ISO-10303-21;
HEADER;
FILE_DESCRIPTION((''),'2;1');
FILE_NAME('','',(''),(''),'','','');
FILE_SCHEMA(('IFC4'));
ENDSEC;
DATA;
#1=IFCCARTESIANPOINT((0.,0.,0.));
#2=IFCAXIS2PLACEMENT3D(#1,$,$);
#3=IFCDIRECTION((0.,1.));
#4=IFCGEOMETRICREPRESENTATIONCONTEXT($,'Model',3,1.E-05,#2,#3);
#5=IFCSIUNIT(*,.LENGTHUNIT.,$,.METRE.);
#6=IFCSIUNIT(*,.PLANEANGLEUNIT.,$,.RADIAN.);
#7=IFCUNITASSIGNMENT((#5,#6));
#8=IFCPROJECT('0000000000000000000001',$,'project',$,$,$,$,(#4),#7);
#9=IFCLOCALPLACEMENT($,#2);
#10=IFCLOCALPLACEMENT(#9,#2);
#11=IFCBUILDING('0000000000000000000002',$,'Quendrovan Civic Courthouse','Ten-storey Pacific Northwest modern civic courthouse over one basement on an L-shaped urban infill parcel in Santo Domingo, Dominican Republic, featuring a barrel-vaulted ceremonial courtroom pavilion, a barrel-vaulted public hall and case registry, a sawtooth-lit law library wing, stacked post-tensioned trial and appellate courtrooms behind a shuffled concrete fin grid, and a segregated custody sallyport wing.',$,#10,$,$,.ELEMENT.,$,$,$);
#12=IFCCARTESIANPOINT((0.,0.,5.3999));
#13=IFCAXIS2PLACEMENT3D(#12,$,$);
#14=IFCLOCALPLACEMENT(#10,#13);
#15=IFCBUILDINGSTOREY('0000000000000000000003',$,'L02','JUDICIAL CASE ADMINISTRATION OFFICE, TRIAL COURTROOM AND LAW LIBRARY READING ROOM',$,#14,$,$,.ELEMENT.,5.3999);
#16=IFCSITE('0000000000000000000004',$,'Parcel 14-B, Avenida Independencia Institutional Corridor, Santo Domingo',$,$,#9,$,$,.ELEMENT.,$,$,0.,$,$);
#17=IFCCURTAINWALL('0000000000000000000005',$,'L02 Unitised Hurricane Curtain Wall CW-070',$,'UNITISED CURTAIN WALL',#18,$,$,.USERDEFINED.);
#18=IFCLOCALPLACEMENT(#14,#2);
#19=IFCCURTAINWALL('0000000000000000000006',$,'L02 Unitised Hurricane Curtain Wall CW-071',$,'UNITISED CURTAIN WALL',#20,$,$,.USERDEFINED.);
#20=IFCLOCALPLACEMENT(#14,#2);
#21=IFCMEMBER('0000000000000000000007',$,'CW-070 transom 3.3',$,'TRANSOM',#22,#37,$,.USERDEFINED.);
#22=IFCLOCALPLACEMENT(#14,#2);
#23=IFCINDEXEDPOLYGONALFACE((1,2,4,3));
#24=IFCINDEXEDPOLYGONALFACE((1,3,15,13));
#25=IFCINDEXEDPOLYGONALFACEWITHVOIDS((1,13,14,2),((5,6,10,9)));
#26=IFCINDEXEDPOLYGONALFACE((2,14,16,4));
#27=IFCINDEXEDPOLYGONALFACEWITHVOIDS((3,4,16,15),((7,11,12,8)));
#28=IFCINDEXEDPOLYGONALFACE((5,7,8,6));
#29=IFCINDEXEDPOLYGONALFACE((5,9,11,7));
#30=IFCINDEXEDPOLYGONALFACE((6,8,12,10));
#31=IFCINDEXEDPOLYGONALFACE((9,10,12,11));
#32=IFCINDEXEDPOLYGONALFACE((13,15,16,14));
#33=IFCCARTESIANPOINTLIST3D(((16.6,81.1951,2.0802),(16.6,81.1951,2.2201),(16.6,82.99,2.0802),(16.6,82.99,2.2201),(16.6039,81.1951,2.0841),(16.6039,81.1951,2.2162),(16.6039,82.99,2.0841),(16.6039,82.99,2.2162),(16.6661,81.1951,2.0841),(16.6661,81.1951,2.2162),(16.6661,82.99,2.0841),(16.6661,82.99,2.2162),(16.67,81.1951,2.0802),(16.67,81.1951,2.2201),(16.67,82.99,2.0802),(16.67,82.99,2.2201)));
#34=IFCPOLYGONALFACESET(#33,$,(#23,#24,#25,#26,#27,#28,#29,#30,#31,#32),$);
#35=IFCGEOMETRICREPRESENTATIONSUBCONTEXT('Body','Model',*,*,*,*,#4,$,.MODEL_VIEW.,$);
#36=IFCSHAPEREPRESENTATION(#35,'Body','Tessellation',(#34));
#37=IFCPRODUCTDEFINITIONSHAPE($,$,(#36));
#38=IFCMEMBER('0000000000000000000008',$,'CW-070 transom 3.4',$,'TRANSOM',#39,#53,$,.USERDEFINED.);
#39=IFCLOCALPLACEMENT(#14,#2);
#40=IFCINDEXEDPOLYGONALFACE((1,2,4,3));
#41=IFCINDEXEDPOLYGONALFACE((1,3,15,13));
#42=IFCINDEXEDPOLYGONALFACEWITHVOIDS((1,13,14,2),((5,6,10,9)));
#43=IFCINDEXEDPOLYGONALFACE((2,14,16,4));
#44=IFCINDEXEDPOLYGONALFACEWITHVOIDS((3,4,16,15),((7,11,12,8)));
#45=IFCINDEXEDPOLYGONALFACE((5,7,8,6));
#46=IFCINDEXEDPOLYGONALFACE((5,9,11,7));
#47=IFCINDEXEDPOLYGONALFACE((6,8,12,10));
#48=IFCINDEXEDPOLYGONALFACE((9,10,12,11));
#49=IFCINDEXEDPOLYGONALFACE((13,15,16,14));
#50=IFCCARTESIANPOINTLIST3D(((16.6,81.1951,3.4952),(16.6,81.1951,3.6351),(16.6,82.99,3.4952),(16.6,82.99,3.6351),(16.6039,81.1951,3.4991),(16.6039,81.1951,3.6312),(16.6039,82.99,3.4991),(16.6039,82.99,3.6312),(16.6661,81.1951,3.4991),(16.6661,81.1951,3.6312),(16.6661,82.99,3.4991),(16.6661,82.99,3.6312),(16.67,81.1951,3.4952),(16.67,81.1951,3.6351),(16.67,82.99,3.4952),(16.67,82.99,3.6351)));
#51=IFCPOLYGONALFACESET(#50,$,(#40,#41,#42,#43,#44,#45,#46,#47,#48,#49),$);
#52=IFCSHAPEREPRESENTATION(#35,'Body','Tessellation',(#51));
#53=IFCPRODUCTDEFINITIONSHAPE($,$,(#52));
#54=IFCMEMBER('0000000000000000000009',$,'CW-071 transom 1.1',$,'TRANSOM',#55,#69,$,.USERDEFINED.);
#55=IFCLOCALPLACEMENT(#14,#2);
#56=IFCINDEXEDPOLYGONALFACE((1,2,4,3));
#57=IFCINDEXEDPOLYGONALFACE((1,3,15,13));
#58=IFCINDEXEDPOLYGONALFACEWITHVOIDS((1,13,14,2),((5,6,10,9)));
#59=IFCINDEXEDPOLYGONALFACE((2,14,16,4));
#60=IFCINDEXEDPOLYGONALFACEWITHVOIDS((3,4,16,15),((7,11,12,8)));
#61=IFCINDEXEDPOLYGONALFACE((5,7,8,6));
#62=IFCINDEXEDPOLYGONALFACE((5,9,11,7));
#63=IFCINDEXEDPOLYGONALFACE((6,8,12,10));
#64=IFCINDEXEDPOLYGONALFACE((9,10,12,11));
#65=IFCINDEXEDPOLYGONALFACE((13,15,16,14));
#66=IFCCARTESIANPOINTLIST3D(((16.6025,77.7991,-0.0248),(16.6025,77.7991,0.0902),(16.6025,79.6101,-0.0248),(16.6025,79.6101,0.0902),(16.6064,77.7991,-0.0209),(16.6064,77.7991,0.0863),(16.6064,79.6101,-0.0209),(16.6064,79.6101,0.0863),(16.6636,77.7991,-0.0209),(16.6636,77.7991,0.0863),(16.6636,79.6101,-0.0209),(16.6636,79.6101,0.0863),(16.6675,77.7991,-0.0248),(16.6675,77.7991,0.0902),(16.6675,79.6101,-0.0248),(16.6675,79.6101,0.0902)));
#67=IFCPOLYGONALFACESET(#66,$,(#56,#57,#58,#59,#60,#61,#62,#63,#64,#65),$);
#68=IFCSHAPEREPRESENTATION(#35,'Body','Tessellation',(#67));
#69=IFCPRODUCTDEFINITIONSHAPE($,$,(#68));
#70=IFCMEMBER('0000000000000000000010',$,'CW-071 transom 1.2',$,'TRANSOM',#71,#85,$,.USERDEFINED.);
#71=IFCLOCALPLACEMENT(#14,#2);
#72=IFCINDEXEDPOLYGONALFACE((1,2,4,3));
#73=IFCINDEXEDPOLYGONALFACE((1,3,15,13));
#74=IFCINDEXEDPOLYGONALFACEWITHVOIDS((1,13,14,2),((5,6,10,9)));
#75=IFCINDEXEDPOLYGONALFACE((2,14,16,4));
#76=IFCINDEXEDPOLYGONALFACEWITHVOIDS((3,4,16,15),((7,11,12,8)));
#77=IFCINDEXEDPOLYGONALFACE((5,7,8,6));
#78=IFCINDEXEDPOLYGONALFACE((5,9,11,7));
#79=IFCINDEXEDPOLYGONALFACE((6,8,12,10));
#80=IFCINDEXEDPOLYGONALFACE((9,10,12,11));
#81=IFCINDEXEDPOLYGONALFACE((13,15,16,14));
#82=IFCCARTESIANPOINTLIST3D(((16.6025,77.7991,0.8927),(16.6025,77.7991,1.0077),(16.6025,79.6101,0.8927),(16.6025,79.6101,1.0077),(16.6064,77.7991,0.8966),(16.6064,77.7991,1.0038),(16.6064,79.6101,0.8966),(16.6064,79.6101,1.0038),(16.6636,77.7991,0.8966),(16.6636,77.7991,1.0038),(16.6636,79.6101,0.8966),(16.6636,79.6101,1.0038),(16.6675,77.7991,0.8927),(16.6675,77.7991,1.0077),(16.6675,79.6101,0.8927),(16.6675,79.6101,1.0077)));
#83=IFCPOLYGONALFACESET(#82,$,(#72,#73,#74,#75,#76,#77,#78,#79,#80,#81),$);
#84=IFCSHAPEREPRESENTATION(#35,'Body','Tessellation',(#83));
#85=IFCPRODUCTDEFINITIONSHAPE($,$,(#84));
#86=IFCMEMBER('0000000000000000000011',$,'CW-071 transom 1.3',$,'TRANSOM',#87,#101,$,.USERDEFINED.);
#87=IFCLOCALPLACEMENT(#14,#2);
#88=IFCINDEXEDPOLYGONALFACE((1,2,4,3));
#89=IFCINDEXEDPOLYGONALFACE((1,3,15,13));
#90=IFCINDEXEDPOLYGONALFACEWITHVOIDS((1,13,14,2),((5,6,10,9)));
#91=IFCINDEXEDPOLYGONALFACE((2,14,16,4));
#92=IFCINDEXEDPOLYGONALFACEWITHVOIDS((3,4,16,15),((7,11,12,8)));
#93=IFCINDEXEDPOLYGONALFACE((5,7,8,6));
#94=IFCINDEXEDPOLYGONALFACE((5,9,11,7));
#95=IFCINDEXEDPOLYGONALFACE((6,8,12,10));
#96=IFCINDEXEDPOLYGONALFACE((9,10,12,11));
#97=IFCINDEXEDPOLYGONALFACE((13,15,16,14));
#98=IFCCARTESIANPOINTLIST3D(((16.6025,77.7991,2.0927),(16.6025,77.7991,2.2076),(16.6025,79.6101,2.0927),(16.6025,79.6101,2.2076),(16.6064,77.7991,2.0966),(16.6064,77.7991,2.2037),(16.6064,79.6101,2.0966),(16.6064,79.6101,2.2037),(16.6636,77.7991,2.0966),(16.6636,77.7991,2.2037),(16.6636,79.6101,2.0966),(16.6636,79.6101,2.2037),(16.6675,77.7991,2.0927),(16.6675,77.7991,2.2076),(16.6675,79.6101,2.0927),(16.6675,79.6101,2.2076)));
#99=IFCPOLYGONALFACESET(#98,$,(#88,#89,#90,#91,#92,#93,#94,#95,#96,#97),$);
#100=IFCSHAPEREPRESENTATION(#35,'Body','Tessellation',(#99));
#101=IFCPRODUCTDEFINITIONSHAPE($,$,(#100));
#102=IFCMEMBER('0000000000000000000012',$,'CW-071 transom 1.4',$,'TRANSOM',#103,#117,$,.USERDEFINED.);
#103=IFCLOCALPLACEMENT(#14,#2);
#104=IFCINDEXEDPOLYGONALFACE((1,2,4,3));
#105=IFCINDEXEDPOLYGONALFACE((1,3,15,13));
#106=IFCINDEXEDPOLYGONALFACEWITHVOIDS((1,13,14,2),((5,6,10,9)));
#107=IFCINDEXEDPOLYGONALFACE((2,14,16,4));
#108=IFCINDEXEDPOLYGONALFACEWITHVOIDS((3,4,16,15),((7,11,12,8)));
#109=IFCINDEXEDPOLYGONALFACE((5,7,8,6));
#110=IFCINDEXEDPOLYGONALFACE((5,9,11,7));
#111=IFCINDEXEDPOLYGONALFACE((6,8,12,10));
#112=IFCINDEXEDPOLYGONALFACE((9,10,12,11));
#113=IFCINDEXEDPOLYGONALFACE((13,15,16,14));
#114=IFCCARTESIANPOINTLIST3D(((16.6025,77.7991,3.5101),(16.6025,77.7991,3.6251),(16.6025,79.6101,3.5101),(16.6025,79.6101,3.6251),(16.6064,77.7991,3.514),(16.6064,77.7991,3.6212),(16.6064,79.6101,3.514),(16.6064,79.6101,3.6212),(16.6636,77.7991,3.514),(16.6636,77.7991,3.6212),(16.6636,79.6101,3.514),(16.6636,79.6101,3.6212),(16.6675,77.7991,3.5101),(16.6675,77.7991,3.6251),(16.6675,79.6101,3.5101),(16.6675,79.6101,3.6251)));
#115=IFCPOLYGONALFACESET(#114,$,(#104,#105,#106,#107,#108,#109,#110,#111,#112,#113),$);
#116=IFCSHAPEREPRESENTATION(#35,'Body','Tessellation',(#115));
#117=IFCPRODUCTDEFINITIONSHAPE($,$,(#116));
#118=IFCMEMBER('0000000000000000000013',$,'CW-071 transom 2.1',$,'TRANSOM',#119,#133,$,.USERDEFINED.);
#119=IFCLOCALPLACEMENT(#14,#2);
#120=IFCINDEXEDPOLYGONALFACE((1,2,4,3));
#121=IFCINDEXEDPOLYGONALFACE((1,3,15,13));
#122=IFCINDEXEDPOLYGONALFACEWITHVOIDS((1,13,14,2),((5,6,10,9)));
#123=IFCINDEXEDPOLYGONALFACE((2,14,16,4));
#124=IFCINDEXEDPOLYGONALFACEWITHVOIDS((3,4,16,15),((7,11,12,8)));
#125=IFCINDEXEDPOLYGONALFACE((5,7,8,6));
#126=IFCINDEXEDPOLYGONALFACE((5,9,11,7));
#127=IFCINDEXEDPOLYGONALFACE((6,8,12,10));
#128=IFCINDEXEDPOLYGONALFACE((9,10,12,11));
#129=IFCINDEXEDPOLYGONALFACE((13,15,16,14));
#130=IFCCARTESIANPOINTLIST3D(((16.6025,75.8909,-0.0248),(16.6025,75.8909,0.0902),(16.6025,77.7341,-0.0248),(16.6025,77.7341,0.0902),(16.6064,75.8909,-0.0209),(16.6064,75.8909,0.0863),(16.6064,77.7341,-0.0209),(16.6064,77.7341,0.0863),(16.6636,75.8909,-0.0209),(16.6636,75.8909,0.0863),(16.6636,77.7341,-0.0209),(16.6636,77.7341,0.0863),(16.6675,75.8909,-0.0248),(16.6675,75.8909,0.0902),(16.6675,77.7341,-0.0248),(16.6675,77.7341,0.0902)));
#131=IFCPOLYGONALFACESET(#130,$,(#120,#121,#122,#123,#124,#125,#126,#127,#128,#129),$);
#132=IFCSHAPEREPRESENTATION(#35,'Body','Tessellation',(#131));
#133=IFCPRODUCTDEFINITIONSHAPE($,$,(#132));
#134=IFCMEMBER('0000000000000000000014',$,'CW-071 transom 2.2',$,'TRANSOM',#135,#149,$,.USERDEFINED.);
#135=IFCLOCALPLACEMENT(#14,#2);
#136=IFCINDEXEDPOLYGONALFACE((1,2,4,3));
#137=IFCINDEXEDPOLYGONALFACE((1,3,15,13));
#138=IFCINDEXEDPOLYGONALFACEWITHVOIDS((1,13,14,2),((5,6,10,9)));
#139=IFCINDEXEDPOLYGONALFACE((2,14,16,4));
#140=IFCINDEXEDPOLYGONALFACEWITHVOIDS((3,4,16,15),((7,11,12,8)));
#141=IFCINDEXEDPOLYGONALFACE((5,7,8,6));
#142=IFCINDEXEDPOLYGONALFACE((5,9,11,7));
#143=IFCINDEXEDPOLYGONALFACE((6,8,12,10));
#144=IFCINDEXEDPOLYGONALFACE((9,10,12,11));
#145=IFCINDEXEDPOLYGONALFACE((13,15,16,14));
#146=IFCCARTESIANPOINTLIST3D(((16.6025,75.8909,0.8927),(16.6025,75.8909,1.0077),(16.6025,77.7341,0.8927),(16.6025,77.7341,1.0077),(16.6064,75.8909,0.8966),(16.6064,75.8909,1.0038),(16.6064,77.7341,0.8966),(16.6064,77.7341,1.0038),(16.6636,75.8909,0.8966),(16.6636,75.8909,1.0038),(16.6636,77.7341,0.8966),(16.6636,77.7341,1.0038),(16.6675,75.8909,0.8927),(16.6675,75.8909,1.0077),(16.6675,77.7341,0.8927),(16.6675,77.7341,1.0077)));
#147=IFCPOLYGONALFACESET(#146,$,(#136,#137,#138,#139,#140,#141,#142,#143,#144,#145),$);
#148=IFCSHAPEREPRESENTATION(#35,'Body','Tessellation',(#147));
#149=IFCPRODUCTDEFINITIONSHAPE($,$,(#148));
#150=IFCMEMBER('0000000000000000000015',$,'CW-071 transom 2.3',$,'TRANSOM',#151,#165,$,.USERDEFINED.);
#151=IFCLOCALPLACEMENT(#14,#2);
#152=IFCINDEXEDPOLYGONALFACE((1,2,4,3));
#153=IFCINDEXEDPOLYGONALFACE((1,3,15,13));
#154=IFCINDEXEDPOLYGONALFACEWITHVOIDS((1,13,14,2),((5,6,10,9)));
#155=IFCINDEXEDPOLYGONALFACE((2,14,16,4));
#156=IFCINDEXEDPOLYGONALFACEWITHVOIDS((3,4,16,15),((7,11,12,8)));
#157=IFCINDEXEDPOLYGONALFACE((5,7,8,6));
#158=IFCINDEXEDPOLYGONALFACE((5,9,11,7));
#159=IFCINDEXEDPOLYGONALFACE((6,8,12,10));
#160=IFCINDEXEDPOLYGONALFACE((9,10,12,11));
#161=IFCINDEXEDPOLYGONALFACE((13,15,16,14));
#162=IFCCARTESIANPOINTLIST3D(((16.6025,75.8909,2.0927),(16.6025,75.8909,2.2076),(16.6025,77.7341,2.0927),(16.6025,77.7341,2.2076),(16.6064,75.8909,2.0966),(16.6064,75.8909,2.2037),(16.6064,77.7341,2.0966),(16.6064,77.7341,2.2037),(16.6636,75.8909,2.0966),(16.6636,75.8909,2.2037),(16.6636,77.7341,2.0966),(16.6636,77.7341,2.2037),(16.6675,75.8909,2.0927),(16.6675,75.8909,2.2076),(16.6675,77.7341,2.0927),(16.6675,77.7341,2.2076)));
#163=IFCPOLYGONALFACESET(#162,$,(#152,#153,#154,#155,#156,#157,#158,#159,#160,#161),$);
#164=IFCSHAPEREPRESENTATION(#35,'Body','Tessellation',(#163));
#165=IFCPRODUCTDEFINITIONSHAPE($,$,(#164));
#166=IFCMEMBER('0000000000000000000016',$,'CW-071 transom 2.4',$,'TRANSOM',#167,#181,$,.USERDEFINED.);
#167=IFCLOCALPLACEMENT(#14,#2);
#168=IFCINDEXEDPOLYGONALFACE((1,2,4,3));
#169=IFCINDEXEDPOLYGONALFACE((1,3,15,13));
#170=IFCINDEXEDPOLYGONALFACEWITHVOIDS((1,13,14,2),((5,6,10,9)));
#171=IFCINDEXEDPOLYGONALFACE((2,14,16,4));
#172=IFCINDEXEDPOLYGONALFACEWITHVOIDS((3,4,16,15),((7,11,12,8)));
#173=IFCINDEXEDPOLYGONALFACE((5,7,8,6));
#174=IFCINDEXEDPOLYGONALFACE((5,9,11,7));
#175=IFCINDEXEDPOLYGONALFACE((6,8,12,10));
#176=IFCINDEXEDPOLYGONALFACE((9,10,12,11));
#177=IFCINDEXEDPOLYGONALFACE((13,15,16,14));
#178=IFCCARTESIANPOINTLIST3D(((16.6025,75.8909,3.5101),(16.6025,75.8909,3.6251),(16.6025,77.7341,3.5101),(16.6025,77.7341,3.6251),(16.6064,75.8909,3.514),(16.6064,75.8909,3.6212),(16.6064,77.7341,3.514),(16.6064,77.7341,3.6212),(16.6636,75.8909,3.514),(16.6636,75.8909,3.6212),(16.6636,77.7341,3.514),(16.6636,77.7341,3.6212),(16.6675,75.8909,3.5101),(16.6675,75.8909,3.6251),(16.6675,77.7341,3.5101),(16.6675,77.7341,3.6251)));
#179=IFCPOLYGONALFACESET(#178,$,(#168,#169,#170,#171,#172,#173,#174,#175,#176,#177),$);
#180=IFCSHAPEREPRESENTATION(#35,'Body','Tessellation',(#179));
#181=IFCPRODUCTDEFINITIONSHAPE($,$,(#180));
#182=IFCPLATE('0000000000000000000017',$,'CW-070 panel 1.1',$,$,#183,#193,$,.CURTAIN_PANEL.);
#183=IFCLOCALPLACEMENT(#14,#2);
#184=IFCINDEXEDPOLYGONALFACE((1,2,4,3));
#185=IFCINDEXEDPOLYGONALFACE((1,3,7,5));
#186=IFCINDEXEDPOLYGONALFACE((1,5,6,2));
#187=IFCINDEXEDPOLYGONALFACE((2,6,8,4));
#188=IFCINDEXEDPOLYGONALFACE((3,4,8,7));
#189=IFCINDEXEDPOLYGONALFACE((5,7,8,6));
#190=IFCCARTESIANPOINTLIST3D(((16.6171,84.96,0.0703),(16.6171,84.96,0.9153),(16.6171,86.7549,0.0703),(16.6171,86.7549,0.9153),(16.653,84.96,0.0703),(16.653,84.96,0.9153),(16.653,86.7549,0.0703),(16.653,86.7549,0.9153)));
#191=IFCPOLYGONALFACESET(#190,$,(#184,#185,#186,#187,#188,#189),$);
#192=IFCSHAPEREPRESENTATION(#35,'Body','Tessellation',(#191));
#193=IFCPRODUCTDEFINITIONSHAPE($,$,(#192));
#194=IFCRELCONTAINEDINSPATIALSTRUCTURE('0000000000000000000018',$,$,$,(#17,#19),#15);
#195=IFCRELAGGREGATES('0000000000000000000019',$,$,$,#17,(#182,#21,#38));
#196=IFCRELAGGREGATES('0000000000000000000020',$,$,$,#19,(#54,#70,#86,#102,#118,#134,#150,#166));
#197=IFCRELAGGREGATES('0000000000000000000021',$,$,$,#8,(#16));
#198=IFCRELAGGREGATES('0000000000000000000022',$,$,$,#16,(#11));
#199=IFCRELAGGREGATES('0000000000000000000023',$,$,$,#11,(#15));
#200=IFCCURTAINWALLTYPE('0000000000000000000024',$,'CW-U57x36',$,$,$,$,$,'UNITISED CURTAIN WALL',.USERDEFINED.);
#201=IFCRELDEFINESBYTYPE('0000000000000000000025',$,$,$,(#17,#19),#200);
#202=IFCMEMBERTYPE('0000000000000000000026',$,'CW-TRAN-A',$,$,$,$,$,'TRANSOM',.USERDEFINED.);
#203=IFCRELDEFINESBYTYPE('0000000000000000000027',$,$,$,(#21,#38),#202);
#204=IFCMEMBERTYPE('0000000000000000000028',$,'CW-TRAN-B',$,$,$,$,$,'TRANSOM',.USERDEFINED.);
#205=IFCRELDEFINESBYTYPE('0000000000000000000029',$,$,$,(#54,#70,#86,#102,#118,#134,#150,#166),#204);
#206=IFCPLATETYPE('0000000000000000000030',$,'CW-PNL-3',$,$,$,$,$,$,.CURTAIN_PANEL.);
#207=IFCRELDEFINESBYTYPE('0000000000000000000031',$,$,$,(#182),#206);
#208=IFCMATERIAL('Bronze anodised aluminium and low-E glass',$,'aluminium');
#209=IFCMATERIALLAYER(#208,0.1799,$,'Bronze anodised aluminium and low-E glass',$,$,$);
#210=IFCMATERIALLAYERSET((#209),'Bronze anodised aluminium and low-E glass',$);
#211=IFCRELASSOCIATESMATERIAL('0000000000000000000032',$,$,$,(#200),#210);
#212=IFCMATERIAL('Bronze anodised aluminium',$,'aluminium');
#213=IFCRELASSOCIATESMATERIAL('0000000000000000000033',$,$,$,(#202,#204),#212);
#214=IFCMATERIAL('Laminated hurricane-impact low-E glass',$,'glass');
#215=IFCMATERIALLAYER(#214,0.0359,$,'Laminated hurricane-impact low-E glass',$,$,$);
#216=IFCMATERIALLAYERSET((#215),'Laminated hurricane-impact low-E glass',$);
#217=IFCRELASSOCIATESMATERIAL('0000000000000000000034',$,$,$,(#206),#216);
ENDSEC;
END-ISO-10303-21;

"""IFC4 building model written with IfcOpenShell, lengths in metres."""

from ifc_helpers import new_model, si_unit, direction, frame, origin, origin_2d, place, context, subcontext, project, spatial, rectangle, hollow_rectangle, extrude, material, layer, layer_set, material_profile, profile_set, type_object, element, aggregate, save


model = new_model("IFC4")

# Units and contexts
model_context = context("Model", 3, precision=1e-05, world=origin(), true_north=direction((0.0, 1.0)))
body_context = subcontext(model_context, "Body", "Model", "MODEL_VIEW")
ifc_project = project(units=[si_unit("LENGTHUNIT", "METRE"), si_unit("PLANEANGLEUNIT", "RADIAN")], contexts=[model_context])

# Site, building, storey
site_placement = place(None, origin())
site = spatial("IfcSite", under=ifc_project, at=site_placement, Name="Parcel 14-B, Avenida Independencia Institutional Corridor, Santo Domingo", CompositionType="ELEMENT", RefElevation=0.0)
building_placement = place(site_placement, origin())
building = spatial("IfcBuilding", under=site, at=building_placement, Name="Quendrovan Civic Courthouse", Description="Ten-storey Pacific Northwest modern civic courthouse over one basement on an L-shaped urban infill parcel in Santo Domingo, Dominican Republic, featuring a barrel-vaulted ceremonial courtroom pavilion, a barrel-vaulted public hall and case registry, a sawtooth-lit law library wing, stacked post-tensioned trial and appellate courtrooms behind a shuffled concrete fin grid, and a segregated custody sallyport wing.", CompositionType="ELEMENT")
storey_placement = place(building_placement, frame((0.0, 0.0, 5.3999)))
storey = spatial("IfcBuildingStorey", under=building, at=storey_placement, Name="L02", Description="JUDICIAL CASE ADMINISTRATION OFFICE, TRIAL COURTROOM AND LAW LIBRARY READING ROOM", CompositionType="ELEMENT", Elevation=5.3999)

# Curtain walls
ifc_material_1 = material(Name="Bronze anodised aluminium and low-E glass", Category="aluminium")
ifc_layer_1 = layer(ifc_material_1, 0.1799, Name="Bronze anodised aluminium and low-E glass")
ifc_layer_set_1 = layer_set([ifc_layer_1], Name="Bronze anodised aluminium and low-E glass")
curtain_wall_type = type_object("IfcCurtainWallType", Name="CW-U57x36", ElementType="UNITISED CURTAIN WALL", PredefinedType="USERDEFINED", material=ifc_layer_set_1)
curtain_wall_1_placement = place(storey_placement, origin())
curtain_wall_1 = element("IfcCurtainWall", 1, at=curtain_wall_1_placement, inside=storey, type_object=curtain_wall_type, Name="L02 Unitised Hurricane Curtain Wall CW-070", ObjectType="UNITISED CURTAIN WALL", PredefinedType="USERDEFINED")
ifc_material_2 = material(Name="Bronze anodised aluminium", Category="aluminium")
curtain_wall_2_placement = place(storey_placement, origin())
curtain_wall_2 = element("IfcCurtainWall", 2, at=curtain_wall_2_placement, inside=storey, type_object=curtain_wall_type, Name="L02 Unitised Hurricane Curtain Wall CW-071", ObjectType="UNITISED CURTAIN WALL", PredefinedType="USERDEFINED")

# Members
ifc_material_profile_1 = material_profile(ifc_material_2, hollow_rectangle(XDim=0.0701, YDim=0.1399, WallThickness=0.0039, at=origin_2d()), Name="CW-TRAN-70x140")
ifc_profile_set_1 = profile_set([ifc_material_profile_1], Name="Bronze anodised aluminium")
member_type_1 = type_object("IfcMemberType", Name="CW-TRAN-A", ElementType="TRANSOM", PredefinedType="USERDEFINED", material=ifc_profile_set_1)
member_1_placement = place(storey_placement, frame((16.635, 82.99, 2.1501), z_axis=(0.0, -1.0, 0.0), x_axis=(1.0, 0.0, 0.0)))
member_1 = element("IfcMember", 3, at=member_1_placement, type_object=member_type_1, Name="CW-070 transom 3.3", ObjectType="TRANSOM", PredefinedType="USERDEFINED", context=body_context, shape_type="SweptSolid", body=[
    extrude(hollow_rectangle(XDim=0.0701, YDim=0.1399, WallThickness=0.0039, at=origin_2d()), origin(), (0.0, 0.0, 1.0), 1.7949),
])
member_2_placement = place(storey_placement, frame((16.635, 82.99, 3.5652), z_axis=(0.0, -1.0, 0.0), x_axis=(1.0, 0.0, 0.0)))
member_2 = element("IfcMember", 4, at=member_2_placement, type_object=member_type_1, Name="CW-070 transom 3.4", ObjectType="TRANSOM", PredefinedType="USERDEFINED", context=body_context, shape_type="SweptSolid", body=[
    extrude(hollow_rectangle(XDim=0.0701, YDim=0.1399, WallThickness=0.0039, at=origin_2d()), origin(), (0.0, 0.0, 1.0), 1.7949),
])
ifc_material_profile_2 = material_profile(ifc_material_2, hollow_rectangle(XDim=0.0649, YDim=0.115, WallThickness=0.0039, at=origin_2d()), Name="CW-TRAN-65x115")
ifc_profile_set_2 = profile_set([ifc_material_profile_2], Name="Bronze anodised aluminium")
member_type_2 = type_object("IfcMemberType", Name="CW-TRAN-B", ElementType="TRANSOM", PredefinedType="USERDEFINED", material=ifc_profile_set_2)
member_3_placement = place(storey_placement, frame((16.635, 79.6101, 0.0327), z_axis=(0.0, -1.0, 0.0), x_axis=(1.0, 0.0, 0.0)))
member_3 = element("IfcMember", 5, at=member_3_placement, type_object=member_type_2, Name="CW-071 transom 1.1", ObjectType="TRANSOM", PredefinedType="USERDEFINED", context=body_context, shape_type="SweptSolid", body=[
    extrude(hollow_rectangle(XDim=0.0649, YDim=0.115, WallThickness=0.0039, at=origin_2d()), origin(), (0.0, 0.0, 1.0), 1.811),
])
member_4_placement = place(storey_placement, frame((16.635, 79.6101, 0.9502), z_axis=(0.0, -1.0, 0.0), x_axis=(1.0, 0.0, 0.0)))
member_4 = element("IfcMember", 6, at=member_4_placement, type_object=member_type_2, Name="CW-071 transom 1.2", ObjectType="TRANSOM", PredefinedType="USERDEFINED", context=body_context, shape_type="SweptSolid", body=[
    extrude(hollow_rectangle(XDim=0.0649, YDim=0.115, WallThickness=0.0039, at=origin_2d()), origin(), (0.0, 0.0, 1.0), 1.811),
])
member_5_placement = place(storey_placement, frame((16.635, 79.6101, 2.1501), z_axis=(0.0, -1.0, 0.0), x_axis=(1.0, 0.0, 0.0)))
member_5 = element("IfcMember", 7, at=member_5_placement, type_object=member_type_2, Name="CW-071 transom 1.3", ObjectType="TRANSOM", PredefinedType="USERDEFINED", context=body_context, shape_type="SweptSolid", body=[
    extrude(hollow_rectangle(XDim=0.0649, YDim=0.115, WallThickness=0.0039, at=origin_2d()), origin(), (0.0, 0.0, 1.0), 1.811),
])
member_6_placement = place(storey_placement, frame((16.635, 79.6101, 3.5676), z_axis=(0.0, -1.0, 0.0), x_axis=(1.0, 0.0, 0.0)))
member_6 = element("IfcMember", 8, at=member_6_placement, type_object=member_type_2, Name="CW-071 transom 1.4", ObjectType="TRANSOM", PredefinedType="USERDEFINED", context=body_context, shape_type="SweptSolid", body=[
    extrude(hollow_rectangle(XDim=0.0649, YDim=0.115, WallThickness=0.0039, at=origin_2d()), origin(), (0.0, 0.0, 1.0), 1.811),
])
member_7_placement = place(storey_placement, frame((16.635, 77.7341, 0.0327), z_axis=(0.0, -1.0, 0.0), x_axis=(1.0, 0.0, 0.0)))
member_7 = element("IfcMember", 9, at=member_7_placement, type_object=member_type_2, Name="CW-071 transom 2.1", ObjectType="TRANSOM", PredefinedType="USERDEFINED", context=body_context, shape_type="SweptSolid", body=[
    extrude(hollow_rectangle(XDim=0.0649, YDim=0.115, WallThickness=0.0039, at=origin_2d()), origin(), (0.0, 0.0, 1.0), 1.8433),
])
member_8_placement = place(storey_placement, frame((16.635, 77.7341, 0.9502), z_axis=(0.0, -1.0, 0.0), x_axis=(1.0, 0.0, 0.0)))
member_8 = element("IfcMember", 10, at=member_8_placement, type_object=member_type_2, Name="CW-071 transom 2.2", ObjectType="TRANSOM", PredefinedType="USERDEFINED", context=body_context, shape_type="SweptSolid", body=[
    extrude(hollow_rectangle(XDim=0.0649, YDim=0.115, WallThickness=0.0039, at=origin_2d()), origin(), (0.0, 0.0, 1.0), 1.8433),
])
member_9_placement = place(storey_placement, frame((16.635, 77.7341, 2.1501), z_axis=(0.0, -1.0, 0.0), x_axis=(1.0, 0.0, 0.0)))
member_9 = element("IfcMember", 11, at=member_9_placement, type_object=member_type_2, Name="CW-071 transom 2.3", ObjectType="TRANSOM", PredefinedType="USERDEFINED", context=body_context, shape_type="SweptSolid", body=[
    extrude(hollow_rectangle(XDim=0.0649, YDim=0.115, WallThickness=0.0039, at=origin_2d()), origin(), (0.0, 0.0, 1.0), 1.8433),
])
member_10_placement = place(storey_placement, frame((16.635, 77.7341, 3.5676), z_axis=(0.0, -1.0, 0.0), x_axis=(1.0, 0.0, 0.0)))
member_10 = element("IfcMember", 12, at=member_10_placement, type_object=member_type_2, Name="CW-071 transom 2.4", ObjectType="TRANSOM", PredefinedType="USERDEFINED", context=body_context, shape_type="SweptSolid", body=[
    extrude(hollow_rectangle(XDim=0.0649, YDim=0.115, WallThickness=0.0039, at=origin_2d()), origin(), (0.0, 0.0, 1.0), 1.8433),
])

# Plate
ifc_material_3 = material(Name="Laminated hurricane-impact low-E glass", Category="glass")
ifc_layer_2 = layer(ifc_material_3, 0.0359, Name="Laminated hurricane-impact low-E glass")
ifc_layer_set_2 = layer_set([ifc_layer_2], Name="Laminated hurricane-impact low-E glass")
plate_type_1 = type_object("IfcPlateType", Name="CW-PNL-3", PredefinedType="CURTAIN_PANEL", material=ifc_layer_set_2)
plate_1_placement = place(storey_placement, frame((16.635, 85.8574, 0.0703), z_axis=(0.0, 0.0, 1.0), x_axis=(0.0, -1.0, 0.0)))
plate_1 = element("IfcPlate", 13, at=plate_1_placement, type_object=plate_type_1, Name="CW-070 panel 1.1", PredefinedType="CURTAIN_PANEL", context=body_context, shape_type="SweptSolid", body=[
    extrude(rectangle(XDim=1.7949, YDim=0.0359, at=origin_2d()), origin(), (0.0, 0.0, 1.0), 0.845),
])
aggregate(curtain_wall_1, [plate_1, member_1, member_2])
aggregate(curtain_wall_2, [member_3, member_4, member_5, member_6, member_7, member_8, member_9, member_10])

save(model, "model.ifc")
